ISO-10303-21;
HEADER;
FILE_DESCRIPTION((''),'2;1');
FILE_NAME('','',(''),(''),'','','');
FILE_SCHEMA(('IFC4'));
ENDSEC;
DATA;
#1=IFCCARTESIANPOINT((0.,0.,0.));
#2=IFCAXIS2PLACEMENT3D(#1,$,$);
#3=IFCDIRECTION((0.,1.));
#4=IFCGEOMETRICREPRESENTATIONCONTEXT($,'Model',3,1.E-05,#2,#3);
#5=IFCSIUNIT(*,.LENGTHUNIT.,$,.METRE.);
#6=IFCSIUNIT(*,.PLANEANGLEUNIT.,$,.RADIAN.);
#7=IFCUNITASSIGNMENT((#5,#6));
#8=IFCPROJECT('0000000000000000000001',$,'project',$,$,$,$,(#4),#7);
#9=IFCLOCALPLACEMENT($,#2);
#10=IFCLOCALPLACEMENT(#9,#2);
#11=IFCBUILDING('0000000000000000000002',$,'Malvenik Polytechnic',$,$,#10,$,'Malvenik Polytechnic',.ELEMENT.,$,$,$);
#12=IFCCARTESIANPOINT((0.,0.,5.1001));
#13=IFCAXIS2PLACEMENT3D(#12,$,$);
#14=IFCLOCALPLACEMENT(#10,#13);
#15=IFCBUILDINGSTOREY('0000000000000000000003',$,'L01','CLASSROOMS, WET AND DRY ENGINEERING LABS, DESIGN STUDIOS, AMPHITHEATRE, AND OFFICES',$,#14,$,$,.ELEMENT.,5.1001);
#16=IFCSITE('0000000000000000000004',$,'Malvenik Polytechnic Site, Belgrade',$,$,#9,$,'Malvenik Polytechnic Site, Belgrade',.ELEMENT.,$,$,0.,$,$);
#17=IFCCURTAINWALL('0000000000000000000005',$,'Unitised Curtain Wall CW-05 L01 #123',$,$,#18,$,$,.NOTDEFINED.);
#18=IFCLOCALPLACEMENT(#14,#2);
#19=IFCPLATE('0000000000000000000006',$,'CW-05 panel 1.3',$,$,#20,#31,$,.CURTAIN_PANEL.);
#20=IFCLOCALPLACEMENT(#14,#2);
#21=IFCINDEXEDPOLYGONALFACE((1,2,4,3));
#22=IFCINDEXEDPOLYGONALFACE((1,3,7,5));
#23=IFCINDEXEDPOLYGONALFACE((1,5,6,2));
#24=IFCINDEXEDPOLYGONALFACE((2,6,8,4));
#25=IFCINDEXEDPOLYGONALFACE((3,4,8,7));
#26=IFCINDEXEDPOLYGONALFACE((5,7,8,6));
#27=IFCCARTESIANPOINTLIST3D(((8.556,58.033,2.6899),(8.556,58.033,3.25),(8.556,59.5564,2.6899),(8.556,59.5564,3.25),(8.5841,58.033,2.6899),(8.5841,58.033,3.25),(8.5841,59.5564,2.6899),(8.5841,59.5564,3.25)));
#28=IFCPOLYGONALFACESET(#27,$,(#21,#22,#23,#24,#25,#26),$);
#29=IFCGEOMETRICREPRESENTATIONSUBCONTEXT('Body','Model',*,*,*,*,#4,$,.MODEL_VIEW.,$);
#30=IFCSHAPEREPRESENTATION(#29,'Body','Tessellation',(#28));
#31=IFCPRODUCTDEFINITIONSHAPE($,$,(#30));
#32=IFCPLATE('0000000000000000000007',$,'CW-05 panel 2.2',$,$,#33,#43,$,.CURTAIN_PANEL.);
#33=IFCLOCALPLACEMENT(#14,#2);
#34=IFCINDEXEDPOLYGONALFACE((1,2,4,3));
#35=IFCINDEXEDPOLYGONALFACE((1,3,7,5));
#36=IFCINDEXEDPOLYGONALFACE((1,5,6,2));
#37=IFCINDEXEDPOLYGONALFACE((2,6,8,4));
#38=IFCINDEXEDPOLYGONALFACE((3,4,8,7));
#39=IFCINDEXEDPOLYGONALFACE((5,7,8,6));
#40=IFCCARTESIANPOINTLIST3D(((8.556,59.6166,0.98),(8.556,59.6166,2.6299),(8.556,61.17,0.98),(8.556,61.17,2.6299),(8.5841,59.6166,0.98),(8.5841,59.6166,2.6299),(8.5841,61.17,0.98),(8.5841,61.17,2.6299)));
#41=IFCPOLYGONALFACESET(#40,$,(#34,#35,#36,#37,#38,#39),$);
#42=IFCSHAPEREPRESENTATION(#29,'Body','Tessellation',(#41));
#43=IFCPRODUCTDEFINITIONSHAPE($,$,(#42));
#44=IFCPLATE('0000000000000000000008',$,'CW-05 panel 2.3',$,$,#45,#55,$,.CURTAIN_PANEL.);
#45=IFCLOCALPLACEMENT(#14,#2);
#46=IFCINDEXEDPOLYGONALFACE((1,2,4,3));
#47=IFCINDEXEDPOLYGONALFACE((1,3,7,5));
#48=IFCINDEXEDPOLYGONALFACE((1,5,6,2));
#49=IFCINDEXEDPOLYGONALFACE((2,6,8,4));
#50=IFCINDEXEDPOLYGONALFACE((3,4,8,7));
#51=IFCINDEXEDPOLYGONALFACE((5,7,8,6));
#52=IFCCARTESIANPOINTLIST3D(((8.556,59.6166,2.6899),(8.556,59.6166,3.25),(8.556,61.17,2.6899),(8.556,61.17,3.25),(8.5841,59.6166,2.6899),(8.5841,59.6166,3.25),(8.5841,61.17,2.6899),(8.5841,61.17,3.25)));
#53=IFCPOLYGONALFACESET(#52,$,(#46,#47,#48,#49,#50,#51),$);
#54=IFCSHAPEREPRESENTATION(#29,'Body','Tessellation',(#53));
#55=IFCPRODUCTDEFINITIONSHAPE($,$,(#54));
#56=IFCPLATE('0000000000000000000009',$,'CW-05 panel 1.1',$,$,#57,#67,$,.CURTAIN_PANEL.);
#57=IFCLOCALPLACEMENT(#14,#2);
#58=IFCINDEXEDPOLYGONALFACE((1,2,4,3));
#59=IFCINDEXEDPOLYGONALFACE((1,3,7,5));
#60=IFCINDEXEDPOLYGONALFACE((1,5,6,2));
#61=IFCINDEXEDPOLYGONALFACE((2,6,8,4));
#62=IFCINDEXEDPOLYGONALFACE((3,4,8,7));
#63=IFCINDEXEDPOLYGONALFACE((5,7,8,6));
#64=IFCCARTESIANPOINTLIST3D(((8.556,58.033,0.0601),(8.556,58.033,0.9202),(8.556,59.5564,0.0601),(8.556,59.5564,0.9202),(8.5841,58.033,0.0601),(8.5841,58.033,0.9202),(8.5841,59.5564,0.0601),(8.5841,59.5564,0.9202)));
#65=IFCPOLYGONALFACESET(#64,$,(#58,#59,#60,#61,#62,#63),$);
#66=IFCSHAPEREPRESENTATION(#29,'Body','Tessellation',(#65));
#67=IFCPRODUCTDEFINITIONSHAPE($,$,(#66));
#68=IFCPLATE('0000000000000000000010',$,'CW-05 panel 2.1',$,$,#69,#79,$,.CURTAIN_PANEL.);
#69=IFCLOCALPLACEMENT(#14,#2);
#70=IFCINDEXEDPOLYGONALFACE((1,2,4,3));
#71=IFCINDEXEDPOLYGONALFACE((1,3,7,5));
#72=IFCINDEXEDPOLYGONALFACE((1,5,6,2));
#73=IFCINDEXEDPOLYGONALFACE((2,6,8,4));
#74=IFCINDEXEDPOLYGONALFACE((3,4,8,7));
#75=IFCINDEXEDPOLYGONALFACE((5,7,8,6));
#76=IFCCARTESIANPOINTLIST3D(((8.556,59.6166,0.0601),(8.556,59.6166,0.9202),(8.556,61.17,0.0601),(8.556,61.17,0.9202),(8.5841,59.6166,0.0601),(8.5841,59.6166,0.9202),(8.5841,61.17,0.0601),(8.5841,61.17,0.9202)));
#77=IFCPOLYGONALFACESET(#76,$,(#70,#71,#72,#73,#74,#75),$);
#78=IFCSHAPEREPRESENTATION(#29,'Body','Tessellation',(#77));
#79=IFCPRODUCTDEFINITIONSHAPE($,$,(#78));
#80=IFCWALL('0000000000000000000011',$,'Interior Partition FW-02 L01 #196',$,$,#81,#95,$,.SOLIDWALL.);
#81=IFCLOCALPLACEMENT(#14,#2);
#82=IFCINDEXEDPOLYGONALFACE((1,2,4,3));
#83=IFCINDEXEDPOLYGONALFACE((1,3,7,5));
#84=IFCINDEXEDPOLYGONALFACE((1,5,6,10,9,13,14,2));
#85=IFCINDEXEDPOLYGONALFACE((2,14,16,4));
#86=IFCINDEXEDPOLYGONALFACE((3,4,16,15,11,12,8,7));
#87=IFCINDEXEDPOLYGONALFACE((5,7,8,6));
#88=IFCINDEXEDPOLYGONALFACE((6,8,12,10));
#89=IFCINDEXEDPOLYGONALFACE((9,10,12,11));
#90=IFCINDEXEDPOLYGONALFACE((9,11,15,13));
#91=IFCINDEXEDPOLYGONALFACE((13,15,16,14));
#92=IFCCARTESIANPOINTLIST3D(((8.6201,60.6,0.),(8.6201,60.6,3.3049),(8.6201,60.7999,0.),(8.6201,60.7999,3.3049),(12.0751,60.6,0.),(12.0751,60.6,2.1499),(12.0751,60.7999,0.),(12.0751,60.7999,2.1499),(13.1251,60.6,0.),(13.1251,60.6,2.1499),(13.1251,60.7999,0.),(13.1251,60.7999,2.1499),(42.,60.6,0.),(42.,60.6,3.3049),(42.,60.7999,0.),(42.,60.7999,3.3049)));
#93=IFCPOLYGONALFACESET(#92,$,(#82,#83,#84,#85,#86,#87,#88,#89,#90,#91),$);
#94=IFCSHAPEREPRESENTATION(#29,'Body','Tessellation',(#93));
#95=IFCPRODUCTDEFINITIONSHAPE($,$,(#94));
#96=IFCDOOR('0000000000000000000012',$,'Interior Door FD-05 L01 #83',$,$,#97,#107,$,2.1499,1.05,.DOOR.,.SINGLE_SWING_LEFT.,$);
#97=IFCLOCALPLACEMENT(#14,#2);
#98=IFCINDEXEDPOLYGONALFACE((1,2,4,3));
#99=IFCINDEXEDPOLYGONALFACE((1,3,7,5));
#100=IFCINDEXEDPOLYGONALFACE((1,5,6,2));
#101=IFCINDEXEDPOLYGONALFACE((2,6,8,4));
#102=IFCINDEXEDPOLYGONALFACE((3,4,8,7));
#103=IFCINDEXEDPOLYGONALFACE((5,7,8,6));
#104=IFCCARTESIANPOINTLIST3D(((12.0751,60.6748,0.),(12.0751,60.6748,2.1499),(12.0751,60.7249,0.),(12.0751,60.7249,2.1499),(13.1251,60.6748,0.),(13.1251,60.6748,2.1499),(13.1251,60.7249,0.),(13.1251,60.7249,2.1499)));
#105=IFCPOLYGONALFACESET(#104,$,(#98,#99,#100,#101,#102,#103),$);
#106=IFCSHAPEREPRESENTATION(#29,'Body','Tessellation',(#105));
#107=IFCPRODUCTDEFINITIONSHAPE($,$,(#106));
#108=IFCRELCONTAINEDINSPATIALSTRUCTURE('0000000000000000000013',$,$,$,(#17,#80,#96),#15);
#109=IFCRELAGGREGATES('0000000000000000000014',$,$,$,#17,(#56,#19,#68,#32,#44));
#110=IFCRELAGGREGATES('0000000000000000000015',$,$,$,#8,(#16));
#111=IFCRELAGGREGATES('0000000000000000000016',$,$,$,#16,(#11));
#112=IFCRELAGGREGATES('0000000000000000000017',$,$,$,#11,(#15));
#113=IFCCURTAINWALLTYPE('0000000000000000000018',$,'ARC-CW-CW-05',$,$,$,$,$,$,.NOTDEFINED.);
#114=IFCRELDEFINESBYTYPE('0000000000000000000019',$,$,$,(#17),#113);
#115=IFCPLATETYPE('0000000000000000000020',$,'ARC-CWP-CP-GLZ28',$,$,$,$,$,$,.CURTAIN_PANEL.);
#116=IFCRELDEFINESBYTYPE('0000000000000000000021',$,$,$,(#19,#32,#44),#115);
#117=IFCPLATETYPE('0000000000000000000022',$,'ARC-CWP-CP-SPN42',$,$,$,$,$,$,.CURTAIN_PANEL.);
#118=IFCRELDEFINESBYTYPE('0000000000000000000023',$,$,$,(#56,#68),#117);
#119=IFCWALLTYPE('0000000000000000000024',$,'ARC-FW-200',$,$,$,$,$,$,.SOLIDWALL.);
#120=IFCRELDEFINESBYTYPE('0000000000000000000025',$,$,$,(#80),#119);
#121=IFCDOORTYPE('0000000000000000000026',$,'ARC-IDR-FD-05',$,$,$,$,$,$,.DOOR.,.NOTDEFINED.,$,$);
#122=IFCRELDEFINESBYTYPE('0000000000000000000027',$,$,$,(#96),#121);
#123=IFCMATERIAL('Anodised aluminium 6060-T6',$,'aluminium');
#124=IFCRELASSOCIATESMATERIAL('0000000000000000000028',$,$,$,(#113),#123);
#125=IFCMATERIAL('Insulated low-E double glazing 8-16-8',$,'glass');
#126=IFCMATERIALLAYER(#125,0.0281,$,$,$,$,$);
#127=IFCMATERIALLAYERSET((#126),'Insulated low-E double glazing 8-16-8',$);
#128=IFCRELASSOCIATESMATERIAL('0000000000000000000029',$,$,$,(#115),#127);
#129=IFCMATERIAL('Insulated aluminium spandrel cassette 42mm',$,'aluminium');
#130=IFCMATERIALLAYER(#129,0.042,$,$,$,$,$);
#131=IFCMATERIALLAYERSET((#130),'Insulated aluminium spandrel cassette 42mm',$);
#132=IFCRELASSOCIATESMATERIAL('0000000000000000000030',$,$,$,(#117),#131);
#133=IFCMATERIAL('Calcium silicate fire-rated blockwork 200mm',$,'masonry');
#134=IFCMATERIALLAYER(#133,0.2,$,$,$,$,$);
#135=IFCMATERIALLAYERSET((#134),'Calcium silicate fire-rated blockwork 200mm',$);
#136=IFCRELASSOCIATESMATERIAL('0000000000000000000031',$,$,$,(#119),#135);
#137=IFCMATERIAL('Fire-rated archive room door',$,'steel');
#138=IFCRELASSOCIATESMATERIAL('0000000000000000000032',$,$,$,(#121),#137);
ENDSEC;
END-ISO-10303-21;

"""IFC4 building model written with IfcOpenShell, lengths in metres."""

from ifc_helpers import new_model, si_unit, direction, frame, frame_2d, origin, origin_2d, place, context, subcontext, project, spatial, rectangle, extrude, material, layer, layer_set, type_object, element, fill, aggregate, save


model = new_model("IFC4")

# Units and contexts
model_context = context("Model", 3, precision=1e-05, world=origin(), true_north=direction((0.0, 1.0)))
body_context = subcontext(model_context, "Body", "Model", "MODEL_VIEW")
ifc_project = project(units=[si_unit("LENGTHUNIT", "METRE"), si_unit("PLANEANGLEUNIT", "RADIAN")], contexts=[model_context])

# Site, building, storey
site_placement = place(None, origin())
site = spatial("IfcSite", under=ifc_project, at=site_placement, Name="Malvenik Polytechnic Site, Belgrade", LongName="Malvenik Polytechnic Site, Belgrade", CompositionType="ELEMENT", RefElevation=0.0)
building_placement = place(site_placement, origin())
building = spatial("IfcBuilding", under=site, at=building_placement, Name="Malvenik Polytechnic", LongName="Malvenik Polytechnic", CompositionType="ELEMENT")
storey_placement = place(building_placement, frame((0.0, 0.0, 5.1001)))
storey = spatial("IfcBuildingStorey", under=building, at=storey_placement, Name="L01", Description="CLASSROOMS, WET AND DRY ENGINEERING LABS, DESIGN STUDIOS, AMPHITHEATRE, AND OFFICES", CompositionType="ELEMENT", Elevation=5.1001)

# Curtain wall
ifc_material_1 = material(Name="Anodised aluminium 6060-T6", Category="aluminium")
curtain_wall_type = type_object("IfcCurtainWallType", Name="ARC-CW-CW-05", PredefinedType="NOTDEFINED", material=ifc_material_1)
curtain_wall_placement = place(storey_placement, origin())
curtain_wall = element("IfcCurtainWall", 1, at=curtain_wall_placement, inside=storey, type_object=curtain_wall_type, Name="Unitised Curtain Wall CW-05 L01 #123", PredefinedType="NOTDEFINED")

# Plates
ifc_material_2 = material(Name="Insulated low-E double glazing 8-16-8", Category="glass")
ifc_layer_1 = layer(ifc_material_2, 0.0281)
ifc_layer_set_1 = layer_set([ifc_layer_1], Name="Insulated low-E double glazing 8-16-8")
plate_type_1 = type_object("IfcPlateType", Name="ARC-CWP-CP-GLZ28", PredefinedType="CURTAIN_PANEL", material=ifc_layer_set_1)
plate_1_placement = place(storey_placement, frame((8.5701, 58.7947, 2.6899), z_axis=(0.0, 0.0, 1.0), x_axis=(0.0, 1.0, 0.0)))
plate_1 = element("IfcPlate", 2, at=plate_1_placement, type_object=plate_type_1, Name="CW-05 panel 1.3", PredefinedType="CURTAIN_PANEL", context=body_context, shape_type="SweptSolid", body=[
    extrude(rectangle(XDim=1.5234, YDim=0.0281, at=origin_2d()), origin(), (0.0, 0.0, 1.0), 0.5601),
])
plate_2_placement = place(storey_placement, frame((8.5701, 60.3933, 0.98), z_axis=(0.0, 0.0, 1.0), x_axis=(0.0, 1.0, 0.0)))
plate_2 = element("IfcPlate", 3, at=plate_2_placement, type_object=plate_type_1, Name="CW-05 panel 2.2", PredefinedType="CURTAIN_PANEL", context=body_context, shape_type="SweptSolid", body=[
    extrude(rectangle(XDim=1.5535, YDim=0.0281, at=origin_2d()), origin(), (0.0, 0.0, 1.0), 1.6499),
])
plate_3_placement = place(storey_placement, frame((8.5701, 60.3933, 2.6899), z_axis=(0.0, 0.0, 1.0), x_axis=(0.0, 1.0, 0.0)))
plate_3 = element("IfcPlate", 4, at=plate_3_placement, type_object=plate_type_1, Name="CW-05 panel 2.3", PredefinedType="CURTAIN_PANEL", context=body_context, shape_type="SweptSolid", body=[
    extrude(rectangle(XDim=1.5535, YDim=0.0281, at=origin_2d()), origin(), (0.0, 0.0, 1.0), 0.5601),
])
ifc_material_3 = material(Name="Insulated aluminium spandrel cassette 42mm", Category="aluminium")
ifc_layer_2 = layer(ifc_material_3, 0.042)
ifc_layer_set_2 = layer_set([ifc_layer_2], Name="Insulated aluminium spandrel cassette 42mm")
plate_type_2 = type_object("IfcPlateType", Name="ARC-CWP-CP-SPN42", PredefinedType="CURTAIN_PANEL", material=ifc_layer_set_2)
plate_4_placement = place(storey_placement, frame((8.5701, 58.7947, 0.0601), z_axis=(0.0, 0.0, 1.0), x_axis=(0.0, 1.0, 0.0)))
plate_4 = element("IfcPlate", 5, at=plate_4_placement, type_object=plate_type_2, Name="CW-05 panel 1.1", PredefinedType="CURTAIN_PANEL", context=body_context, shape_type="SweptSolid", body=[
    extrude(rectangle(XDim=1.5234, YDim=0.0281, at=origin_2d()), origin(), (0.0, 0.0, 1.0), 0.8601),
])
plate_5_placement = place(storey_placement, frame((8.5701, 60.3933, 0.0601), z_axis=(0.0, 0.0, 1.0), x_axis=(0.0, 1.0, 0.0)))
plate_5 = element("IfcPlate", 6, at=plate_5_placement, type_object=plate_type_2, Name="CW-05 panel 2.1", PredefinedType="CURTAIN_PANEL", context=body_context, shape_type="SweptSolid", body=[
    extrude(rectangle(XDim=1.5535, YDim=0.0281, at=origin_2d()), origin(), (0.0, 0.0, 1.0), 0.8601),
])
aggregate(curtain_wall, [plate_4, plate_1, plate_5, plate_2, plate_3])

# Wall, opening, door
ifc_material_4 = material(Name="Calcium silicate fire-rated blockwork 200mm", Category="masonry")
ifc_layer_3 = layer(ifc_material_4, 0.2)
ifc_layer_set_3 = layer_set([ifc_layer_3], Name="Calcium silicate fire-rated blockwork 200mm")
wall_type = type_object("IfcWallType", Name="ARC-FW-200", PredefinedType="SOLIDWALL", material=ifc_layer_set_3)
wall_placement = place(storey_placement, frame((8.6201, 60.7, 0.0), z_axis=(0.0, 0.0, 1.0), x_axis=(1.0, 0.0, 0.0)))
wall = element("IfcWall", 7, at=wall_placement, inside=storey, type_object=wall_type, Name="Interior Partition FW-02 L01 #196", PredefinedType="SOLIDWALL", context=body_context, shape_type="SweptSolid", body=[
    extrude(rectangle(XDim=33.3799, YDim=0.2, at=frame_2d((16.6899, 0.0))), origin(), (0.0, 0.0, 1.0), 3.3049),
])
opening_placement = place(wall_placement, frame((3.4551, 0.0, 0.0)))
opening = element("IfcOpeningElement", 8, at=opening_placement, cuts=wall, PredefinedType="OPENING", context=body_context, shape_type="SweptSolid", body=[
    extrude(rectangle(XDim=1.05, YDim=2.1499, at=frame_2d((0.5249, 1.075))), frame((0.0, 0.1099, 0.0), z_axis=(0.0, -1.0, 0.0), x_axis=(1.0, 0.0, 0.0)), (0.0, 0.0, 1.0), 0.22),
])
ifc_material_5 = material(Name="Fire-rated archive room door", Category="steel")
door_type = type_object("IfcDoorType", Name="ARC-IDR-FD-05", OperationType="NOTDEFINED", PredefinedType="DOOR", material=ifc_material_5)
door_placement = place(opening_placement, origin())
door = element("IfcDoor", 9, at=door_placement, inside=storey, type_object=door_type, Name="Interior Door FD-05 L01 #83", OperationType="SINGLE_SWING_LEFT", OverallHeight=2.1499, OverallWidth=1.05, PredefinedType="DOOR", context=body_context, shape_type="SweptSolid", body=[
    extrude(rectangle(XDim=1.05, YDim=2.1499, at=frame_2d((0.5249, 1.075))), frame((0.0, 0.0249, 0.0), z_axis=(0.0, -1.0, 0.0), x_axis=(1.0, 0.0, 0.0)), (0.0, 0.0, 1.0), 0.05),
])
fill(opening, door)

save(model, "model.ifc")
